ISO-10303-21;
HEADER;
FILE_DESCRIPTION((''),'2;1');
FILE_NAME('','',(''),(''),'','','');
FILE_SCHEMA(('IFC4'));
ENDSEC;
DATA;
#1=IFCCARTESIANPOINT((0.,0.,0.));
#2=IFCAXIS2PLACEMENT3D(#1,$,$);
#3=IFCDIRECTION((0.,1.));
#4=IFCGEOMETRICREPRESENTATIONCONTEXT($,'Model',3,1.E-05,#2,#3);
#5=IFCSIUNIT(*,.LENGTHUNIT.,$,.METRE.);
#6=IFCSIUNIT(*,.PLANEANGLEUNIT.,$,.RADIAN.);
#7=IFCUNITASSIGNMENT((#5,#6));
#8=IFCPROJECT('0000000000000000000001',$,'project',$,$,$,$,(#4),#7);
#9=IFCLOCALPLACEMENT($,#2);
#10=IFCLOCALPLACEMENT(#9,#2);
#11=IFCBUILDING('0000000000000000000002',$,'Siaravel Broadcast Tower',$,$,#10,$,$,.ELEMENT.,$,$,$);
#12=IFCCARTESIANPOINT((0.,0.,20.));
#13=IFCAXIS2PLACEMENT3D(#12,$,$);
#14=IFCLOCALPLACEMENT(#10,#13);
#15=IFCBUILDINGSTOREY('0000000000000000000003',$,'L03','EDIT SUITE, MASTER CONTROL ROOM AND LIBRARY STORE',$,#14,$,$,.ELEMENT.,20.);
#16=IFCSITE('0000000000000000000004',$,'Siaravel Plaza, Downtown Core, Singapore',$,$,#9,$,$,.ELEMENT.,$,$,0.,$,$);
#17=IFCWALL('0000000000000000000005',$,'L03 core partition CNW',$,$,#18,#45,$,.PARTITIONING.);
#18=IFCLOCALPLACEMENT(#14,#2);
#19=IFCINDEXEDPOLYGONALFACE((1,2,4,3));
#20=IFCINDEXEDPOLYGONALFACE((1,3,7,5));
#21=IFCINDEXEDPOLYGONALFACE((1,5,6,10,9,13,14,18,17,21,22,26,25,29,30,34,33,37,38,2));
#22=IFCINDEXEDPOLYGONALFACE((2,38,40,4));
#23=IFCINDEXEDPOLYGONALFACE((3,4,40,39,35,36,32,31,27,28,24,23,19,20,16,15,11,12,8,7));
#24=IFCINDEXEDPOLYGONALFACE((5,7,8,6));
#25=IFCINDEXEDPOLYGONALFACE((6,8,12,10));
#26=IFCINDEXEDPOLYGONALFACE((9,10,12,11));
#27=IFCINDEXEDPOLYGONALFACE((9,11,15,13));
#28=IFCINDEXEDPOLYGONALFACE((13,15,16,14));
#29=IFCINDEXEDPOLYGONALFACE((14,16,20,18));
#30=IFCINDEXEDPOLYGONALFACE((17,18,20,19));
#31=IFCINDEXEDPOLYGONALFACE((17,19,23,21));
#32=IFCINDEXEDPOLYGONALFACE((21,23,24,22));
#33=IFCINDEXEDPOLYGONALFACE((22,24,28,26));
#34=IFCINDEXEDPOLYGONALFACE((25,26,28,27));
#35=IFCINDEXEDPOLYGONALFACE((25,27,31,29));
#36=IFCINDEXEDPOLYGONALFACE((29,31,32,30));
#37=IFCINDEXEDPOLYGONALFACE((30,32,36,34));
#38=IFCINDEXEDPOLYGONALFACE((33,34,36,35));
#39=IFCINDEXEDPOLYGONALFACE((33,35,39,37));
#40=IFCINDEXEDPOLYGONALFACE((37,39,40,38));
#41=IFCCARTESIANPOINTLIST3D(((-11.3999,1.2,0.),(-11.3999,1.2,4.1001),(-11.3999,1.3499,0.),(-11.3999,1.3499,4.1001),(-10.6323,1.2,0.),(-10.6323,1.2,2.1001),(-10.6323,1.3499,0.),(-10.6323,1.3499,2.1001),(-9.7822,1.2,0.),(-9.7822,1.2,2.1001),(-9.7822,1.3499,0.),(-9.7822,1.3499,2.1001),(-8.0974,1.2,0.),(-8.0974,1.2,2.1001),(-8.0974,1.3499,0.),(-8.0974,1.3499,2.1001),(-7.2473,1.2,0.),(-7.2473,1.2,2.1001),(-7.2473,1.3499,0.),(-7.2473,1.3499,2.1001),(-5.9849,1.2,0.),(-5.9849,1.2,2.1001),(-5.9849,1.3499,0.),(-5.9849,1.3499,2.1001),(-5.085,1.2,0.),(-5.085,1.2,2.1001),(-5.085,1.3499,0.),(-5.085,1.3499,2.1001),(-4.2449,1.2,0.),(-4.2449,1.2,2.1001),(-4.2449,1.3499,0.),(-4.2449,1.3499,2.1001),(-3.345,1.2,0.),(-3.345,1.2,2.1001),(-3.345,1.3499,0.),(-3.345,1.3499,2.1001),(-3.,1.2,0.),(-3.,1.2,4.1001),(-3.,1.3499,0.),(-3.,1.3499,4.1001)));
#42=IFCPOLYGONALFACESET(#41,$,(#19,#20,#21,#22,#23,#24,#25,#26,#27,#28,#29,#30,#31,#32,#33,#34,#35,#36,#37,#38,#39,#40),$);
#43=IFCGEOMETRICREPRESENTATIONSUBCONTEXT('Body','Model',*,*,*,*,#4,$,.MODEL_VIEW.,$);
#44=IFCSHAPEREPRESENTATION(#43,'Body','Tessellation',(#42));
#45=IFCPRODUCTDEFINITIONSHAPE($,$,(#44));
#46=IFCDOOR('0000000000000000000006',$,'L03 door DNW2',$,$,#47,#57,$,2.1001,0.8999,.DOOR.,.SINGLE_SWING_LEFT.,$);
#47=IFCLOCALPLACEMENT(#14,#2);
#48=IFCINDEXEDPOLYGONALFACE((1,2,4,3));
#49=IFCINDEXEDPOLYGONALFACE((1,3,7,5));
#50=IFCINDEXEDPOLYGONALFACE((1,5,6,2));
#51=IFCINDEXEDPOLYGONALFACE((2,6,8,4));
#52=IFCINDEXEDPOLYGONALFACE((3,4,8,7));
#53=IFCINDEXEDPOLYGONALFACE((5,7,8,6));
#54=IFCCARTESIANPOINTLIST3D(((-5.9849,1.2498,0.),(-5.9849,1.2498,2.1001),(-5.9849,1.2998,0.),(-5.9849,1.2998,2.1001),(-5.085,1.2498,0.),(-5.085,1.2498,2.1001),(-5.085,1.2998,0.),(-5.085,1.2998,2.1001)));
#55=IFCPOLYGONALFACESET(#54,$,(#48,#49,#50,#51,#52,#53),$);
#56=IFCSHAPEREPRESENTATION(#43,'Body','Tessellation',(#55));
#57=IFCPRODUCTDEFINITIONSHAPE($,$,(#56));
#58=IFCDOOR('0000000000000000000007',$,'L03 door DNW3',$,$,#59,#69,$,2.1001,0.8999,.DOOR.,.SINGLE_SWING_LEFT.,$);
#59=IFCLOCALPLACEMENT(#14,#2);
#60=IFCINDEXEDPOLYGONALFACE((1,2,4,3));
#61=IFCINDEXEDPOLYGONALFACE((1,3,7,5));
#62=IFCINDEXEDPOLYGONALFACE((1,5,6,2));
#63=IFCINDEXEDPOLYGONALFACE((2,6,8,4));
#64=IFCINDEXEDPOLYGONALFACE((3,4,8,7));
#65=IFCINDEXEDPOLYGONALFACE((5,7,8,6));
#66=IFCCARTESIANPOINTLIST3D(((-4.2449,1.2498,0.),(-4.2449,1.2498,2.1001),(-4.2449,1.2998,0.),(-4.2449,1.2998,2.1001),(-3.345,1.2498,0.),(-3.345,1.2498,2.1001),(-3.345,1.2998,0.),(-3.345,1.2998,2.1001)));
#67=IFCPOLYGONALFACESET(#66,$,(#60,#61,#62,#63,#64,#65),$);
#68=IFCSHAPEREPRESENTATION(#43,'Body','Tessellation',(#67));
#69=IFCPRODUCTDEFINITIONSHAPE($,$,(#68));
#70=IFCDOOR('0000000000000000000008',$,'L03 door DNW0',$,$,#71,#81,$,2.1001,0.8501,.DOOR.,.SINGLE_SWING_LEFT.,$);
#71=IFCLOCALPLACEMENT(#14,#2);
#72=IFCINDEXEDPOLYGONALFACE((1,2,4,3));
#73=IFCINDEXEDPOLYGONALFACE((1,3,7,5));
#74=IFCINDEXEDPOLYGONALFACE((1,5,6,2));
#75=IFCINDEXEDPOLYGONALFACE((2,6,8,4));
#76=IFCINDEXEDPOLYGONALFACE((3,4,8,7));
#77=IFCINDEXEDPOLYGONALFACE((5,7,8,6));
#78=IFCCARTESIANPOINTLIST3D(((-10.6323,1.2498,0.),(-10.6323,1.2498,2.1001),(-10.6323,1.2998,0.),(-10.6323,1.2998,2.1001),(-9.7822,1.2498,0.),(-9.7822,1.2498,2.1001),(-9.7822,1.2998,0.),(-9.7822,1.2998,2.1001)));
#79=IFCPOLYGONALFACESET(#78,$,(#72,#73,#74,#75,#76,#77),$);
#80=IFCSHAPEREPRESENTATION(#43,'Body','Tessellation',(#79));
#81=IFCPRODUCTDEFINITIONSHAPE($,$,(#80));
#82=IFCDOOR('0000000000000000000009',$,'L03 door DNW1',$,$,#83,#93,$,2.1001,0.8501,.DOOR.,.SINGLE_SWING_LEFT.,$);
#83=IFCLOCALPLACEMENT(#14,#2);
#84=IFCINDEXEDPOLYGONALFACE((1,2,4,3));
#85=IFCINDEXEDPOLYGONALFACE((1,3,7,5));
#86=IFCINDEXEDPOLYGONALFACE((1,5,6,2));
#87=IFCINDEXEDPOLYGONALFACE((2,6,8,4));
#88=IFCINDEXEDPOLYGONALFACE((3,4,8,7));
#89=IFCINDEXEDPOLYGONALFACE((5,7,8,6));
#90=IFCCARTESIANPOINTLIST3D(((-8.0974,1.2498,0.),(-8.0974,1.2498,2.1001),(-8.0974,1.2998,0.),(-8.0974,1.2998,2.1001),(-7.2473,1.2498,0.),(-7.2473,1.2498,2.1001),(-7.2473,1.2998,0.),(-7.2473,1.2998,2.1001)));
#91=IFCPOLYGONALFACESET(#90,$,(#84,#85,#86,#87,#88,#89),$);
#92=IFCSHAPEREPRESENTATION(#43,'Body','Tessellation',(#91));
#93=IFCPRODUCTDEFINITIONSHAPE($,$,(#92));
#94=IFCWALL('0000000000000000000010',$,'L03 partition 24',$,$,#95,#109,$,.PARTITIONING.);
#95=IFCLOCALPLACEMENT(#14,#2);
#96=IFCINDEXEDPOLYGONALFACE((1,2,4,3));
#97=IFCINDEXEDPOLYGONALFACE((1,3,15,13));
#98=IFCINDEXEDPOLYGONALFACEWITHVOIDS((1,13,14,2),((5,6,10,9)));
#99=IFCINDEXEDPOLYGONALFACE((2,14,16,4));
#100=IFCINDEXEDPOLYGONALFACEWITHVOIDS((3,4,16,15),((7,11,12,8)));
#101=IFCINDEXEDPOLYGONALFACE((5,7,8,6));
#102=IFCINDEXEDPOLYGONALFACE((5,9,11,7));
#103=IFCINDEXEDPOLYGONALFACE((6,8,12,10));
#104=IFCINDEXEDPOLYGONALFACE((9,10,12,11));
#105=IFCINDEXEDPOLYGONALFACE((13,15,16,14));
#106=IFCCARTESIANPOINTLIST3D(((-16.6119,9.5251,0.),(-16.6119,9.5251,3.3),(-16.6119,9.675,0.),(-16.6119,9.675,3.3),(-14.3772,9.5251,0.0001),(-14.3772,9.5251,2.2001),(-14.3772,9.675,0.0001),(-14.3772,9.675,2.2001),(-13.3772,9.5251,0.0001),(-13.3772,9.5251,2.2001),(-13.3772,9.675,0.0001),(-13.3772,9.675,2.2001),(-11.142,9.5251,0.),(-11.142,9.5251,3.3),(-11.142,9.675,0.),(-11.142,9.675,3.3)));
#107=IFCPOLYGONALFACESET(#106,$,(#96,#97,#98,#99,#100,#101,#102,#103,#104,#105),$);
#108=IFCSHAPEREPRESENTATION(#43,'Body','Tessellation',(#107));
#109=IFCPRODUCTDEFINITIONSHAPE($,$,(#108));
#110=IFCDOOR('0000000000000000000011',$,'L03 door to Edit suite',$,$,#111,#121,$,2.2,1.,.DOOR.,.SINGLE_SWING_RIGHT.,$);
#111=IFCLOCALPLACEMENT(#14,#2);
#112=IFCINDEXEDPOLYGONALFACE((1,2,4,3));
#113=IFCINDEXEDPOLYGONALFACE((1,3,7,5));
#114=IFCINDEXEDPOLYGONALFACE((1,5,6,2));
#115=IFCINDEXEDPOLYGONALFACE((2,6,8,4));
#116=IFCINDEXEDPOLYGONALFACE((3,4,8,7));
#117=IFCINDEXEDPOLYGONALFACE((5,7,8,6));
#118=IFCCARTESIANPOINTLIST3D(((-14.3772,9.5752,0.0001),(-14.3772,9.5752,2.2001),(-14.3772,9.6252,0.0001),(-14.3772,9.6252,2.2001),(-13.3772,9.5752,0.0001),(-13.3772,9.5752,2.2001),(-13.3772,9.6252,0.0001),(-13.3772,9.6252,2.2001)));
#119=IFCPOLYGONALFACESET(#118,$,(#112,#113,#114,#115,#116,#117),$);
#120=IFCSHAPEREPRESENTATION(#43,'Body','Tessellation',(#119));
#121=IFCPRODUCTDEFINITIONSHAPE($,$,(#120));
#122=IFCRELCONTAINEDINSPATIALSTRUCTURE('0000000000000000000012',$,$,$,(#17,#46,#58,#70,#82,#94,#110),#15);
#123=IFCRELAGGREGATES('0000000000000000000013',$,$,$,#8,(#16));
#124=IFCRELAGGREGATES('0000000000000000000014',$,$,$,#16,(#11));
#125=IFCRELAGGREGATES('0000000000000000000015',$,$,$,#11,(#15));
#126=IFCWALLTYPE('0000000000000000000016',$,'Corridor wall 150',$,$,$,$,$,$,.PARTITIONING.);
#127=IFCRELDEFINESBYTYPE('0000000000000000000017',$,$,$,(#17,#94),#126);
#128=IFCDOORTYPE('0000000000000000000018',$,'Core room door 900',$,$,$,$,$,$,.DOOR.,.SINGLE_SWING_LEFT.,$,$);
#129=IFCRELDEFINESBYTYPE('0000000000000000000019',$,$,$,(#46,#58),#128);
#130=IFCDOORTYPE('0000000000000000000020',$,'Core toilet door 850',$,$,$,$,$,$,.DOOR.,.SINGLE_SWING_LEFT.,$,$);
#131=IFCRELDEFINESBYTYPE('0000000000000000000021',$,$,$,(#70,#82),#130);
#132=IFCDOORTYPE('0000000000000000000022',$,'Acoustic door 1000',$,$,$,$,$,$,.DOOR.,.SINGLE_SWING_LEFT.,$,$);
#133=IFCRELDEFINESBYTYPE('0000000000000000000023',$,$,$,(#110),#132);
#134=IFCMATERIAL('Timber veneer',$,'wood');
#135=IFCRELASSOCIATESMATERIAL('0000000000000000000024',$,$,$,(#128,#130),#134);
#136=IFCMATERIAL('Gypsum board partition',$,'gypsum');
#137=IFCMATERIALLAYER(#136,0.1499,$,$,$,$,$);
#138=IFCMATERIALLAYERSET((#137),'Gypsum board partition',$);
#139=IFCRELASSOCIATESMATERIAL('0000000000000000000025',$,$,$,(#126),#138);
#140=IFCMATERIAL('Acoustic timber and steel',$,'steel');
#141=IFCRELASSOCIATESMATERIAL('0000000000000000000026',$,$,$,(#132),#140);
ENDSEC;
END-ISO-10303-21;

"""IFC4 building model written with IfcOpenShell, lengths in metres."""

from ifc_helpers import new_model, si_unit, direction, frame, frame_2d, origin, place, context, subcontext, project, spatial, rectangle, extrude, material, layer, layer_set, type_object, element, fill, save


model = new_model("IFC4")

# Units and contexts
model_context = context("Model", 3, precision=1e-05, world=origin(), true_north=direction((0.0, 1.0)))
body_context = subcontext(model_context, "Body", "Model", "MODEL_VIEW")
ifc_project = project(units=[si_unit("LENGTHUNIT", "METRE"), si_unit("PLANEANGLEUNIT", "RADIAN")], contexts=[model_context])

# Site, building, storey
site_placement = place(None, origin())
site = spatial("IfcSite", under=ifc_project, at=site_placement, Name="Siaravel Plaza, Downtown Core, Singapore", CompositionType="ELEMENT", RefElevation=0.0)
building_placement = place(site_placement, origin())
building = spatial("IfcBuilding", under=site, at=building_placement, Name="Siaravel Broadcast Tower", CompositionType="ELEMENT")
storey_placement = place(building_placement, frame((0.0, 0.0, 20.0)))
storey = spatial("IfcBuildingStorey", under=building, at=storey_placement, Name="L03", Description="EDIT SUITE, MASTER CONTROL ROOM AND LIBRARY STORE", CompositionType="ELEMENT", Elevation=20.0)

# Wall, openings, doors
ifc_material_1 = material(Name="Timber veneer", Category="wood")
door_type_1 = type_object("IfcDoorType", Name="Core room door 900", OperationType="SINGLE_SWING_LEFT", PredefinedType="DOOR", material=ifc_material_1)
ifc_material_2 = material(Name="Gypsum board partition", Category="gypsum")
ifc_layer_1 = layer(ifc_material_2, 0.1499)
ifc_layer_set_1 = layer_set([ifc_layer_1], Name="Gypsum board partition")
wall_type_1 = type_object("IfcWallType", Name="Corridor wall 150", PredefinedType="PARTITIONING", material=ifc_layer_set_1)
wall_1_placement = place(storey_placement, frame((-11.3999, 1.2749, 0.0), z_axis=(0.0, 0.0, 1.0), x_axis=(1.0, 0.0, 0.0)))
wall_1 = element("IfcWall", 1, at=wall_1_placement, inside=storey, type_object=wall_type_1, Name="L03 core partition CNW", PredefinedType="PARTITIONING", context=body_context, shape_type="SweptSolid", body=[
    extrude(rectangle(XDim=8.3999, YDim=0.1499, at=frame_2d((4.2, 0.0))), origin(), (0.0, 0.0, 1.0), 4.1001),
])
opening_1_placement = place(wall_1_placement, frame((0.7676, 0.0, 0.0)))
opening_1 = element("IfcOpeningElement", 2, at=opening_1_placement, cuts=wall_1, PredefinedType="OPENING", context=body_context, shape_type="SweptSolid", body=[
    extrude(rectangle(XDim=0.8501, YDim=2.1001, at=frame_2d((0.425, 1.05))), frame((0.0, 0.085, 0.0), z_axis=(0.0, -1.0, 0.0), x_axis=(1.0, 0.0, 0.0)), (0.0, 0.0, 1.0), 0.1699),
])
opening_2_placement = place(wall_1_placement, frame((3.3025, 0.0, 0.0)))
opening_2 = element("IfcOpeningElement", 3, at=opening_2_placement, cuts=wall_1, PredefinedType="OPENING", context=body_context, shape_type="SweptSolid", body=[
    extrude(rectangle(XDim=0.8501, YDim=2.1001, at=frame_2d((0.425, 1.05))), frame((0.0, 0.085, 0.0), z_axis=(0.0, -1.0, 0.0), x_axis=(1.0, 0.0, 0.0)), (0.0, 0.0, 1.0), 0.1699),
])
opening_3_placement = place(wall_1_placement, frame((5.415, 0.0, 0.0)))
opening_3 = element("IfcOpeningElement", 4, at=opening_3_placement, cuts=wall_1, PredefinedType="OPENING", context=body_context, shape_type="SweptSolid", body=[
    extrude(rectangle(XDim=0.8999, YDim=2.1001, at=frame_2d((0.45, 1.05))), frame((0.0, 0.085, 0.0), z_axis=(0.0, -1.0, 0.0), x_axis=(1.0, 0.0, 0.0)), (0.0, 0.0, 1.0), 0.1699),
])
opening_4_placement = place(wall_1_placement, frame((7.155, 0.0, 0.0)))
opening_4 = element("IfcOpeningElement", 5, at=opening_4_placement, cuts=wall_1, PredefinedType="OPENING", context=body_context, shape_type="SweptSolid", body=[
    extrude(rectangle(XDim=0.8999, YDim=2.1001, at=frame_2d((0.45, 1.05))), frame((0.0, 0.085, 0.0), z_axis=(0.0, -1.0, 0.0), x_axis=(1.0, 0.0, 0.0)), (0.0, 0.0, 1.0), 0.1699),
])
door_1_placement = place(opening_3_placement, origin())
door_1 = element("IfcDoor", 6, at=door_1_placement, inside=storey, type_object=door_type_1, Name="L03 door DNW2", OperationType="SINGLE_SWING_LEFT", OverallHeight=2.1001, OverallWidth=0.8999, PredefinedType="DOOR", context=body_context, shape_type="SweptSolid", body=[
    extrude(rectangle(XDim=0.8999, YDim=2.1001, at=frame_2d((0.45, 1.05))), frame((0.0, 0.0249, 0.0), z_axis=(0.0, -1.0, 0.0), x_axis=(1.0, 0.0, 0.0)), (0.0, 0.0, 1.0), 0.05),
])
fill(opening_3, door_1)
door_2_placement = place(opening_4_placement, origin())
door_2 = element("IfcDoor", 7, at=door_2_placement, inside=storey, type_object=door_type_1, Name="L03 door DNW3", OperationType="SINGLE_SWING_LEFT", OverallHeight=2.1001, OverallWidth=0.8999, PredefinedType="DOOR", context=body_context, shape_type="SweptSolid", body=[
    extrude(rectangle(XDim=0.8999, YDim=2.1001, at=frame_2d((0.45, 1.05))), frame((0.0, 0.0249, 0.0), z_axis=(0.0, -1.0, 0.0), x_axis=(1.0, 0.0, 0.0)), (0.0, 0.0, 1.0), 0.05),
])
fill(opening_4, door_2)
door_type_2 = type_object("IfcDoorType", Name="Core toilet door 850", OperationType="SINGLE_SWING_LEFT", PredefinedType="DOOR", material=ifc_material_1)
door_3_placement = place(opening_1_placement, origin())
door_3 = element("IfcDoor", 8, at=door_3_placement, inside=storey, type_object=door_type_2, Name="L03 door DNW0", OperationType="SINGLE_SWING_LEFT", OverallHeight=2.1001, OverallWidth=0.8501, PredefinedType="DOOR", context=body_context, shape_type="SweptSolid", body=[
    extrude(rectangle(XDim=0.8501, YDim=2.1001, at=frame_2d((0.425, 1.05))), frame((0.0, 0.0249, 0.0), z_axis=(0.0, -1.0, 0.0), x_axis=(1.0, 0.0, 0.0)), (0.0, 0.0, 1.0), 0.05),
])
fill(opening_1, door_3)
door_4_placement = place(opening_2_placement, origin())
door_4 = element("IfcDoor", 9, at=door_4_placement, inside=storey, type_object=door_type_2, Name="L03 door DNW1", OperationType="SINGLE_SWING_LEFT", OverallHeight=2.1001, OverallWidth=0.8501, PredefinedType="DOOR", context=body_context, shape_type="SweptSolid", body=[
    extrude(rectangle(XDim=0.8501, YDim=2.1001, at=frame_2d((0.425, 1.05))), frame((0.0, 0.0249, 0.0), z_axis=(0.0, -1.0, 0.0), x_axis=(1.0, 0.0, 0.0)), (0.0, 0.0, 1.0), 0.05),
])
fill(opening_2, door_4)

# Wall, opening, door
wall_2_placement = place(storey_placement, frame((-11.1421, 9.6001, 0.0), z_axis=(0.0, 0.0, 1.0), x_axis=(-1.0, 0.0, 0.0)))
wall_2 = element("IfcWall", 10, at=wall_2_placement, inside=storey, type_object=wall_type_1, Name="L03 partition 24", PredefinedType="PARTITIONING", context=body_context, shape_type="SweptSolid", body=[
    extrude(rectangle(XDim=5.47, YDim=0.1499, at=frame_2d((2.7349, 0.0))), origin(), (0.0, 0.0, 1.0), 3.3),
])
opening_5_placement = place(wall_2_placement, frame((2.2351, 0.0, 0.0)))
opening_5 = element("IfcOpeningElement", 11, at=opening_5_placement, cuts=wall_2, PredefinedType="OPENING", context=body_context, shape_type="SweptSolid", body=[
    extrude(rectangle(XDim=1.0, YDim=2.2, at=frame_2d((0.5, 1.1001))), frame((0.0, 0.085, 0.0), z_axis=(0.0, -1.0, 0.0), x_axis=(1.0, 0.0, 0.0)), (0.0, 0.0, 1.0), 0.1699),
])
ifc_material_3 = material(Name="Acoustic timber and steel", Category="steel")
door_type_3 = type_object("IfcDoorType", Name="Acoustic door 1000", OperationType="SINGLE_SWING_LEFT", PredefinedType="DOOR", material=ifc_material_3)
door_5_placement = place(opening_5_placement, origin())
door_5 = element("IfcDoor", 12, at=door_5_placement, inside=storey, type_object=door_type_3, Name="L03 door to Edit suite", OperationType="SINGLE_SWING_RIGHT", OverallHeight=2.2, OverallWidth=1.0, PredefinedType="DOOR", context=body_context, shape_type="SweptSolid", body=[
    extrude(rectangle(XDim=1.0, YDim=2.2, at=frame_2d((0.5, 1.1001))), frame((0.0, 0.0249, 0.0), z_axis=(0.0, -1.0, 0.0), x_axis=(1.0, 0.0, 0.0)), (0.0, 0.0, 1.0), 0.05),
])
fill(opening_5, door_5)

save(model, "model.ifc")
